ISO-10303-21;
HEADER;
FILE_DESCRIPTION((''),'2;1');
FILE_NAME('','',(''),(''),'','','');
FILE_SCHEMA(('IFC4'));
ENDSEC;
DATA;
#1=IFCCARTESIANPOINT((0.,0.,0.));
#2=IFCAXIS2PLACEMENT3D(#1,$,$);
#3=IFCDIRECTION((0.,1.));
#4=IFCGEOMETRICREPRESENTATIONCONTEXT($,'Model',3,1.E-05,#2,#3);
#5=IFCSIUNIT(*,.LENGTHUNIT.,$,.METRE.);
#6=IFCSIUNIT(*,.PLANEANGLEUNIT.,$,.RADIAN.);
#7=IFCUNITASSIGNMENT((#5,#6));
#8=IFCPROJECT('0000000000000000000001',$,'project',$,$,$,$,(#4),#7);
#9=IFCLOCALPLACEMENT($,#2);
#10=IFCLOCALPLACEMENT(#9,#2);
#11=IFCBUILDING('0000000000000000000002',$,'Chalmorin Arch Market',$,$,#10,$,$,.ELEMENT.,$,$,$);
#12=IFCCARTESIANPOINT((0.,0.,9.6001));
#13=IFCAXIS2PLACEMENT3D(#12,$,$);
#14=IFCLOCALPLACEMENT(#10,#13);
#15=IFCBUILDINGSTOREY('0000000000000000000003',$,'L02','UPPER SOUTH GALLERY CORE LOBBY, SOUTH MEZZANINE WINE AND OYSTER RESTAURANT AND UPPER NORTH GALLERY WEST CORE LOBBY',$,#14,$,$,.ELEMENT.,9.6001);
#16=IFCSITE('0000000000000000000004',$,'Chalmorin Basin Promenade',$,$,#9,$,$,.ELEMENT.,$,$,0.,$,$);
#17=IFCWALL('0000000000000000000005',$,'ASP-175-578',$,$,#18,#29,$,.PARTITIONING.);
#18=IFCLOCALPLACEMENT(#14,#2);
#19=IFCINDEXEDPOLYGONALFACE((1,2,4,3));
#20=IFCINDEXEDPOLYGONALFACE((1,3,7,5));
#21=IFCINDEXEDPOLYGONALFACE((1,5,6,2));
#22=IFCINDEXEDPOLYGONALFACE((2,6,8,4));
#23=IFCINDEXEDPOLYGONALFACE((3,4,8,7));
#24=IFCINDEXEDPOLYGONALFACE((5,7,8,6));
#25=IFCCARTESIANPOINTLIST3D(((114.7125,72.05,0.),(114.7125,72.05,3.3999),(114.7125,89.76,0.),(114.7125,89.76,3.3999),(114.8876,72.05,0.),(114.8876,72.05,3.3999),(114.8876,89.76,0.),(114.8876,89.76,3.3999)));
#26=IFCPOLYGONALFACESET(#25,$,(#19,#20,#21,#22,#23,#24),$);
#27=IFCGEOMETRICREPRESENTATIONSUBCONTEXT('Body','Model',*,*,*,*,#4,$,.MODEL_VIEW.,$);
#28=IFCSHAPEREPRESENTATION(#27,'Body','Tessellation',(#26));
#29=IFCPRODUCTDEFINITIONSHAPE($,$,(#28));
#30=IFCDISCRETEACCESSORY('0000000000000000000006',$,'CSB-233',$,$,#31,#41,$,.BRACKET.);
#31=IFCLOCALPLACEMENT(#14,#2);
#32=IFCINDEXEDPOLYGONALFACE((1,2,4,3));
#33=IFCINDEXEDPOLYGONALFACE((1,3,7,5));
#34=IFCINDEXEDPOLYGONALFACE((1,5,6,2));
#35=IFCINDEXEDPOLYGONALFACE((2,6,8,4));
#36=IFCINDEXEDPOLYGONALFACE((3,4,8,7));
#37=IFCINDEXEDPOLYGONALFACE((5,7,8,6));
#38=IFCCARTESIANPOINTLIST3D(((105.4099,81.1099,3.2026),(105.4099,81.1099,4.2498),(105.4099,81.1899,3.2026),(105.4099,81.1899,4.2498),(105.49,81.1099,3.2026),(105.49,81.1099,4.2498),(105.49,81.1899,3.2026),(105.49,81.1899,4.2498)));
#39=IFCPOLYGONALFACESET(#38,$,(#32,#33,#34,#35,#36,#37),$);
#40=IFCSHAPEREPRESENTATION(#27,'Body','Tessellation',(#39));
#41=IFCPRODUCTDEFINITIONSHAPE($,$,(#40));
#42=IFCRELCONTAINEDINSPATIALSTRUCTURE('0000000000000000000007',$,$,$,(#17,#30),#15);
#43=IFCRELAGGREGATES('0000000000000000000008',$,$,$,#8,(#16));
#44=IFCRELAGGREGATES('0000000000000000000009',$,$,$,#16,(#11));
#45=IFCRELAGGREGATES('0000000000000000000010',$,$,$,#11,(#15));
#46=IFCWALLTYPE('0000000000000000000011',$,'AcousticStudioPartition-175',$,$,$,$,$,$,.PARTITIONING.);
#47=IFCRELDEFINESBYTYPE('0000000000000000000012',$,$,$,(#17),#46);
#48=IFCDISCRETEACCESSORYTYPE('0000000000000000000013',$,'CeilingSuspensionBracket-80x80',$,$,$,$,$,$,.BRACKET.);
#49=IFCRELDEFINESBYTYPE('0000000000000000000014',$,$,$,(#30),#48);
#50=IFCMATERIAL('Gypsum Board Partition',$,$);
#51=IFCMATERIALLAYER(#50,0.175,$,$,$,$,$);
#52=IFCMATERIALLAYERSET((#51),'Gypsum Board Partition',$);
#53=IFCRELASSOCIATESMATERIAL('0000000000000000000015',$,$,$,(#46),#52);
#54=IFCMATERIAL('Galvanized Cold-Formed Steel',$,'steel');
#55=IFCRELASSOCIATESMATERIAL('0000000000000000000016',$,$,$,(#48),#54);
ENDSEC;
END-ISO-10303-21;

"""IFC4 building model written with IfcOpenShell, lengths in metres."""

from ifc_helpers import new_model, si_unit, direction, frame, frame_2d, origin, origin_2d, place, context, subcontext, project, spatial, rectangle, extrude, material, layer, layer_set, type_object, element, save


model = new_model("IFC4")

# Units and contexts
model_context = context("Model", 3, precision=1e-05, world=origin(), true_north=direction((0.0, 1.0)))
body_context = subcontext(model_context, "Body", "Model", "MODEL_VIEW")
ifc_project = project(units=[si_unit("LENGTHUNIT", "METRE"), si_unit("PLANEANGLEUNIT", "RADIAN")], contexts=[model_context])

# Site, building, storey
site_placement = place(None, origin())
site = spatial("IfcSite", under=ifc_project, at=site_placement, Name="Chalmorin Basin Promenade", CompositionType="ELEMENT", RefElevation=0.0)
building_placement = place(site_placement, origin())
building = spatial("IfcBuilding", under=site, at=building_placement, Name="Chalmorin Arch Market", CompositionType="ELEMENT")
storey_placement = place(building_placement, frame((0.0, 0.0, 9.6001)))
storey = spatial("IfcBuildingStorey", under=building, at=storey_placement, Name="L02", Description="UPPER SOUTH GALLERY CORE LOBBY, SOUTH MEZZANINE WINE AND OYSTER RESTAURANT AND UPPER NORTH GALLERY WEST CORE LOBBY", CompositionType="ELEMENT", Elevation=9.6001)

# Wall
ifc_material_1 = material(Name="Gypsum Board Partition")
ifc_layer_1 = layer(ifc_material_1, 0.175)
ifc_layer_set_1 = layer_set([ifc_layer_1], Name="Gypsum Board Partition")
wall_type = type_object("IfcWallType", Name="AcousticStudioPartition-175", PredefinedType="PARTITIONING", material=ifc_layer_set_1)
wall_1_placement = place(storey_placement, frame((114.8, 72.05, 0.0), z_axis=(0.0, 0.0, 1.0), x_axis=(0.0, 1.0, 0.0)))
element("IfcWall", 1, at=wall_1_placement, inside=storey, type_object=wall_type, Name="ASP-175-578", PredefinedType="PARTITIONING", context=body_context, shape_type="SweptSolid", body=[
    extrude(rectangle(XDim=17.71, YDim=0.175, at=frame_2d((8.855, 0.0))), origin(), (0.0, 0.0, 1.0), 3.3999),
])

# Discrete accessory
ifc_material_2 = material(Name="Galvanized Cold-Formed Steel", Category="steel")
discrete_accessory_type = type_object("IfcDiscreteAccessoryType", Name="CeilingSuspensionBracket-80x80", PredefinedType="BRACKET", material=ifc_material_2)
discrete_accessory_placement = place(storey_placement, frame((105.45, 81.1499, 3.2026), z_axis=(0.0, 0.0, 1.0), x_axis=(1.0, 0.0, 0.0)))
element("IfcDiscreteAccessory", 2, at=discrete_accessory_placement, inside=storey, type_object=discrete_accessory_type, Name="CSB-233", PredefinedType="BRACKET", context=body_context, shape_type="SweptSolid", body=[
    extrude(rectangle(XDim=0.0801, YDim=0.0801, at=origin_2d()), origin(), (0.0, 0.0, 1.0), 1.0471),
])

save(model, "model.ifc")
